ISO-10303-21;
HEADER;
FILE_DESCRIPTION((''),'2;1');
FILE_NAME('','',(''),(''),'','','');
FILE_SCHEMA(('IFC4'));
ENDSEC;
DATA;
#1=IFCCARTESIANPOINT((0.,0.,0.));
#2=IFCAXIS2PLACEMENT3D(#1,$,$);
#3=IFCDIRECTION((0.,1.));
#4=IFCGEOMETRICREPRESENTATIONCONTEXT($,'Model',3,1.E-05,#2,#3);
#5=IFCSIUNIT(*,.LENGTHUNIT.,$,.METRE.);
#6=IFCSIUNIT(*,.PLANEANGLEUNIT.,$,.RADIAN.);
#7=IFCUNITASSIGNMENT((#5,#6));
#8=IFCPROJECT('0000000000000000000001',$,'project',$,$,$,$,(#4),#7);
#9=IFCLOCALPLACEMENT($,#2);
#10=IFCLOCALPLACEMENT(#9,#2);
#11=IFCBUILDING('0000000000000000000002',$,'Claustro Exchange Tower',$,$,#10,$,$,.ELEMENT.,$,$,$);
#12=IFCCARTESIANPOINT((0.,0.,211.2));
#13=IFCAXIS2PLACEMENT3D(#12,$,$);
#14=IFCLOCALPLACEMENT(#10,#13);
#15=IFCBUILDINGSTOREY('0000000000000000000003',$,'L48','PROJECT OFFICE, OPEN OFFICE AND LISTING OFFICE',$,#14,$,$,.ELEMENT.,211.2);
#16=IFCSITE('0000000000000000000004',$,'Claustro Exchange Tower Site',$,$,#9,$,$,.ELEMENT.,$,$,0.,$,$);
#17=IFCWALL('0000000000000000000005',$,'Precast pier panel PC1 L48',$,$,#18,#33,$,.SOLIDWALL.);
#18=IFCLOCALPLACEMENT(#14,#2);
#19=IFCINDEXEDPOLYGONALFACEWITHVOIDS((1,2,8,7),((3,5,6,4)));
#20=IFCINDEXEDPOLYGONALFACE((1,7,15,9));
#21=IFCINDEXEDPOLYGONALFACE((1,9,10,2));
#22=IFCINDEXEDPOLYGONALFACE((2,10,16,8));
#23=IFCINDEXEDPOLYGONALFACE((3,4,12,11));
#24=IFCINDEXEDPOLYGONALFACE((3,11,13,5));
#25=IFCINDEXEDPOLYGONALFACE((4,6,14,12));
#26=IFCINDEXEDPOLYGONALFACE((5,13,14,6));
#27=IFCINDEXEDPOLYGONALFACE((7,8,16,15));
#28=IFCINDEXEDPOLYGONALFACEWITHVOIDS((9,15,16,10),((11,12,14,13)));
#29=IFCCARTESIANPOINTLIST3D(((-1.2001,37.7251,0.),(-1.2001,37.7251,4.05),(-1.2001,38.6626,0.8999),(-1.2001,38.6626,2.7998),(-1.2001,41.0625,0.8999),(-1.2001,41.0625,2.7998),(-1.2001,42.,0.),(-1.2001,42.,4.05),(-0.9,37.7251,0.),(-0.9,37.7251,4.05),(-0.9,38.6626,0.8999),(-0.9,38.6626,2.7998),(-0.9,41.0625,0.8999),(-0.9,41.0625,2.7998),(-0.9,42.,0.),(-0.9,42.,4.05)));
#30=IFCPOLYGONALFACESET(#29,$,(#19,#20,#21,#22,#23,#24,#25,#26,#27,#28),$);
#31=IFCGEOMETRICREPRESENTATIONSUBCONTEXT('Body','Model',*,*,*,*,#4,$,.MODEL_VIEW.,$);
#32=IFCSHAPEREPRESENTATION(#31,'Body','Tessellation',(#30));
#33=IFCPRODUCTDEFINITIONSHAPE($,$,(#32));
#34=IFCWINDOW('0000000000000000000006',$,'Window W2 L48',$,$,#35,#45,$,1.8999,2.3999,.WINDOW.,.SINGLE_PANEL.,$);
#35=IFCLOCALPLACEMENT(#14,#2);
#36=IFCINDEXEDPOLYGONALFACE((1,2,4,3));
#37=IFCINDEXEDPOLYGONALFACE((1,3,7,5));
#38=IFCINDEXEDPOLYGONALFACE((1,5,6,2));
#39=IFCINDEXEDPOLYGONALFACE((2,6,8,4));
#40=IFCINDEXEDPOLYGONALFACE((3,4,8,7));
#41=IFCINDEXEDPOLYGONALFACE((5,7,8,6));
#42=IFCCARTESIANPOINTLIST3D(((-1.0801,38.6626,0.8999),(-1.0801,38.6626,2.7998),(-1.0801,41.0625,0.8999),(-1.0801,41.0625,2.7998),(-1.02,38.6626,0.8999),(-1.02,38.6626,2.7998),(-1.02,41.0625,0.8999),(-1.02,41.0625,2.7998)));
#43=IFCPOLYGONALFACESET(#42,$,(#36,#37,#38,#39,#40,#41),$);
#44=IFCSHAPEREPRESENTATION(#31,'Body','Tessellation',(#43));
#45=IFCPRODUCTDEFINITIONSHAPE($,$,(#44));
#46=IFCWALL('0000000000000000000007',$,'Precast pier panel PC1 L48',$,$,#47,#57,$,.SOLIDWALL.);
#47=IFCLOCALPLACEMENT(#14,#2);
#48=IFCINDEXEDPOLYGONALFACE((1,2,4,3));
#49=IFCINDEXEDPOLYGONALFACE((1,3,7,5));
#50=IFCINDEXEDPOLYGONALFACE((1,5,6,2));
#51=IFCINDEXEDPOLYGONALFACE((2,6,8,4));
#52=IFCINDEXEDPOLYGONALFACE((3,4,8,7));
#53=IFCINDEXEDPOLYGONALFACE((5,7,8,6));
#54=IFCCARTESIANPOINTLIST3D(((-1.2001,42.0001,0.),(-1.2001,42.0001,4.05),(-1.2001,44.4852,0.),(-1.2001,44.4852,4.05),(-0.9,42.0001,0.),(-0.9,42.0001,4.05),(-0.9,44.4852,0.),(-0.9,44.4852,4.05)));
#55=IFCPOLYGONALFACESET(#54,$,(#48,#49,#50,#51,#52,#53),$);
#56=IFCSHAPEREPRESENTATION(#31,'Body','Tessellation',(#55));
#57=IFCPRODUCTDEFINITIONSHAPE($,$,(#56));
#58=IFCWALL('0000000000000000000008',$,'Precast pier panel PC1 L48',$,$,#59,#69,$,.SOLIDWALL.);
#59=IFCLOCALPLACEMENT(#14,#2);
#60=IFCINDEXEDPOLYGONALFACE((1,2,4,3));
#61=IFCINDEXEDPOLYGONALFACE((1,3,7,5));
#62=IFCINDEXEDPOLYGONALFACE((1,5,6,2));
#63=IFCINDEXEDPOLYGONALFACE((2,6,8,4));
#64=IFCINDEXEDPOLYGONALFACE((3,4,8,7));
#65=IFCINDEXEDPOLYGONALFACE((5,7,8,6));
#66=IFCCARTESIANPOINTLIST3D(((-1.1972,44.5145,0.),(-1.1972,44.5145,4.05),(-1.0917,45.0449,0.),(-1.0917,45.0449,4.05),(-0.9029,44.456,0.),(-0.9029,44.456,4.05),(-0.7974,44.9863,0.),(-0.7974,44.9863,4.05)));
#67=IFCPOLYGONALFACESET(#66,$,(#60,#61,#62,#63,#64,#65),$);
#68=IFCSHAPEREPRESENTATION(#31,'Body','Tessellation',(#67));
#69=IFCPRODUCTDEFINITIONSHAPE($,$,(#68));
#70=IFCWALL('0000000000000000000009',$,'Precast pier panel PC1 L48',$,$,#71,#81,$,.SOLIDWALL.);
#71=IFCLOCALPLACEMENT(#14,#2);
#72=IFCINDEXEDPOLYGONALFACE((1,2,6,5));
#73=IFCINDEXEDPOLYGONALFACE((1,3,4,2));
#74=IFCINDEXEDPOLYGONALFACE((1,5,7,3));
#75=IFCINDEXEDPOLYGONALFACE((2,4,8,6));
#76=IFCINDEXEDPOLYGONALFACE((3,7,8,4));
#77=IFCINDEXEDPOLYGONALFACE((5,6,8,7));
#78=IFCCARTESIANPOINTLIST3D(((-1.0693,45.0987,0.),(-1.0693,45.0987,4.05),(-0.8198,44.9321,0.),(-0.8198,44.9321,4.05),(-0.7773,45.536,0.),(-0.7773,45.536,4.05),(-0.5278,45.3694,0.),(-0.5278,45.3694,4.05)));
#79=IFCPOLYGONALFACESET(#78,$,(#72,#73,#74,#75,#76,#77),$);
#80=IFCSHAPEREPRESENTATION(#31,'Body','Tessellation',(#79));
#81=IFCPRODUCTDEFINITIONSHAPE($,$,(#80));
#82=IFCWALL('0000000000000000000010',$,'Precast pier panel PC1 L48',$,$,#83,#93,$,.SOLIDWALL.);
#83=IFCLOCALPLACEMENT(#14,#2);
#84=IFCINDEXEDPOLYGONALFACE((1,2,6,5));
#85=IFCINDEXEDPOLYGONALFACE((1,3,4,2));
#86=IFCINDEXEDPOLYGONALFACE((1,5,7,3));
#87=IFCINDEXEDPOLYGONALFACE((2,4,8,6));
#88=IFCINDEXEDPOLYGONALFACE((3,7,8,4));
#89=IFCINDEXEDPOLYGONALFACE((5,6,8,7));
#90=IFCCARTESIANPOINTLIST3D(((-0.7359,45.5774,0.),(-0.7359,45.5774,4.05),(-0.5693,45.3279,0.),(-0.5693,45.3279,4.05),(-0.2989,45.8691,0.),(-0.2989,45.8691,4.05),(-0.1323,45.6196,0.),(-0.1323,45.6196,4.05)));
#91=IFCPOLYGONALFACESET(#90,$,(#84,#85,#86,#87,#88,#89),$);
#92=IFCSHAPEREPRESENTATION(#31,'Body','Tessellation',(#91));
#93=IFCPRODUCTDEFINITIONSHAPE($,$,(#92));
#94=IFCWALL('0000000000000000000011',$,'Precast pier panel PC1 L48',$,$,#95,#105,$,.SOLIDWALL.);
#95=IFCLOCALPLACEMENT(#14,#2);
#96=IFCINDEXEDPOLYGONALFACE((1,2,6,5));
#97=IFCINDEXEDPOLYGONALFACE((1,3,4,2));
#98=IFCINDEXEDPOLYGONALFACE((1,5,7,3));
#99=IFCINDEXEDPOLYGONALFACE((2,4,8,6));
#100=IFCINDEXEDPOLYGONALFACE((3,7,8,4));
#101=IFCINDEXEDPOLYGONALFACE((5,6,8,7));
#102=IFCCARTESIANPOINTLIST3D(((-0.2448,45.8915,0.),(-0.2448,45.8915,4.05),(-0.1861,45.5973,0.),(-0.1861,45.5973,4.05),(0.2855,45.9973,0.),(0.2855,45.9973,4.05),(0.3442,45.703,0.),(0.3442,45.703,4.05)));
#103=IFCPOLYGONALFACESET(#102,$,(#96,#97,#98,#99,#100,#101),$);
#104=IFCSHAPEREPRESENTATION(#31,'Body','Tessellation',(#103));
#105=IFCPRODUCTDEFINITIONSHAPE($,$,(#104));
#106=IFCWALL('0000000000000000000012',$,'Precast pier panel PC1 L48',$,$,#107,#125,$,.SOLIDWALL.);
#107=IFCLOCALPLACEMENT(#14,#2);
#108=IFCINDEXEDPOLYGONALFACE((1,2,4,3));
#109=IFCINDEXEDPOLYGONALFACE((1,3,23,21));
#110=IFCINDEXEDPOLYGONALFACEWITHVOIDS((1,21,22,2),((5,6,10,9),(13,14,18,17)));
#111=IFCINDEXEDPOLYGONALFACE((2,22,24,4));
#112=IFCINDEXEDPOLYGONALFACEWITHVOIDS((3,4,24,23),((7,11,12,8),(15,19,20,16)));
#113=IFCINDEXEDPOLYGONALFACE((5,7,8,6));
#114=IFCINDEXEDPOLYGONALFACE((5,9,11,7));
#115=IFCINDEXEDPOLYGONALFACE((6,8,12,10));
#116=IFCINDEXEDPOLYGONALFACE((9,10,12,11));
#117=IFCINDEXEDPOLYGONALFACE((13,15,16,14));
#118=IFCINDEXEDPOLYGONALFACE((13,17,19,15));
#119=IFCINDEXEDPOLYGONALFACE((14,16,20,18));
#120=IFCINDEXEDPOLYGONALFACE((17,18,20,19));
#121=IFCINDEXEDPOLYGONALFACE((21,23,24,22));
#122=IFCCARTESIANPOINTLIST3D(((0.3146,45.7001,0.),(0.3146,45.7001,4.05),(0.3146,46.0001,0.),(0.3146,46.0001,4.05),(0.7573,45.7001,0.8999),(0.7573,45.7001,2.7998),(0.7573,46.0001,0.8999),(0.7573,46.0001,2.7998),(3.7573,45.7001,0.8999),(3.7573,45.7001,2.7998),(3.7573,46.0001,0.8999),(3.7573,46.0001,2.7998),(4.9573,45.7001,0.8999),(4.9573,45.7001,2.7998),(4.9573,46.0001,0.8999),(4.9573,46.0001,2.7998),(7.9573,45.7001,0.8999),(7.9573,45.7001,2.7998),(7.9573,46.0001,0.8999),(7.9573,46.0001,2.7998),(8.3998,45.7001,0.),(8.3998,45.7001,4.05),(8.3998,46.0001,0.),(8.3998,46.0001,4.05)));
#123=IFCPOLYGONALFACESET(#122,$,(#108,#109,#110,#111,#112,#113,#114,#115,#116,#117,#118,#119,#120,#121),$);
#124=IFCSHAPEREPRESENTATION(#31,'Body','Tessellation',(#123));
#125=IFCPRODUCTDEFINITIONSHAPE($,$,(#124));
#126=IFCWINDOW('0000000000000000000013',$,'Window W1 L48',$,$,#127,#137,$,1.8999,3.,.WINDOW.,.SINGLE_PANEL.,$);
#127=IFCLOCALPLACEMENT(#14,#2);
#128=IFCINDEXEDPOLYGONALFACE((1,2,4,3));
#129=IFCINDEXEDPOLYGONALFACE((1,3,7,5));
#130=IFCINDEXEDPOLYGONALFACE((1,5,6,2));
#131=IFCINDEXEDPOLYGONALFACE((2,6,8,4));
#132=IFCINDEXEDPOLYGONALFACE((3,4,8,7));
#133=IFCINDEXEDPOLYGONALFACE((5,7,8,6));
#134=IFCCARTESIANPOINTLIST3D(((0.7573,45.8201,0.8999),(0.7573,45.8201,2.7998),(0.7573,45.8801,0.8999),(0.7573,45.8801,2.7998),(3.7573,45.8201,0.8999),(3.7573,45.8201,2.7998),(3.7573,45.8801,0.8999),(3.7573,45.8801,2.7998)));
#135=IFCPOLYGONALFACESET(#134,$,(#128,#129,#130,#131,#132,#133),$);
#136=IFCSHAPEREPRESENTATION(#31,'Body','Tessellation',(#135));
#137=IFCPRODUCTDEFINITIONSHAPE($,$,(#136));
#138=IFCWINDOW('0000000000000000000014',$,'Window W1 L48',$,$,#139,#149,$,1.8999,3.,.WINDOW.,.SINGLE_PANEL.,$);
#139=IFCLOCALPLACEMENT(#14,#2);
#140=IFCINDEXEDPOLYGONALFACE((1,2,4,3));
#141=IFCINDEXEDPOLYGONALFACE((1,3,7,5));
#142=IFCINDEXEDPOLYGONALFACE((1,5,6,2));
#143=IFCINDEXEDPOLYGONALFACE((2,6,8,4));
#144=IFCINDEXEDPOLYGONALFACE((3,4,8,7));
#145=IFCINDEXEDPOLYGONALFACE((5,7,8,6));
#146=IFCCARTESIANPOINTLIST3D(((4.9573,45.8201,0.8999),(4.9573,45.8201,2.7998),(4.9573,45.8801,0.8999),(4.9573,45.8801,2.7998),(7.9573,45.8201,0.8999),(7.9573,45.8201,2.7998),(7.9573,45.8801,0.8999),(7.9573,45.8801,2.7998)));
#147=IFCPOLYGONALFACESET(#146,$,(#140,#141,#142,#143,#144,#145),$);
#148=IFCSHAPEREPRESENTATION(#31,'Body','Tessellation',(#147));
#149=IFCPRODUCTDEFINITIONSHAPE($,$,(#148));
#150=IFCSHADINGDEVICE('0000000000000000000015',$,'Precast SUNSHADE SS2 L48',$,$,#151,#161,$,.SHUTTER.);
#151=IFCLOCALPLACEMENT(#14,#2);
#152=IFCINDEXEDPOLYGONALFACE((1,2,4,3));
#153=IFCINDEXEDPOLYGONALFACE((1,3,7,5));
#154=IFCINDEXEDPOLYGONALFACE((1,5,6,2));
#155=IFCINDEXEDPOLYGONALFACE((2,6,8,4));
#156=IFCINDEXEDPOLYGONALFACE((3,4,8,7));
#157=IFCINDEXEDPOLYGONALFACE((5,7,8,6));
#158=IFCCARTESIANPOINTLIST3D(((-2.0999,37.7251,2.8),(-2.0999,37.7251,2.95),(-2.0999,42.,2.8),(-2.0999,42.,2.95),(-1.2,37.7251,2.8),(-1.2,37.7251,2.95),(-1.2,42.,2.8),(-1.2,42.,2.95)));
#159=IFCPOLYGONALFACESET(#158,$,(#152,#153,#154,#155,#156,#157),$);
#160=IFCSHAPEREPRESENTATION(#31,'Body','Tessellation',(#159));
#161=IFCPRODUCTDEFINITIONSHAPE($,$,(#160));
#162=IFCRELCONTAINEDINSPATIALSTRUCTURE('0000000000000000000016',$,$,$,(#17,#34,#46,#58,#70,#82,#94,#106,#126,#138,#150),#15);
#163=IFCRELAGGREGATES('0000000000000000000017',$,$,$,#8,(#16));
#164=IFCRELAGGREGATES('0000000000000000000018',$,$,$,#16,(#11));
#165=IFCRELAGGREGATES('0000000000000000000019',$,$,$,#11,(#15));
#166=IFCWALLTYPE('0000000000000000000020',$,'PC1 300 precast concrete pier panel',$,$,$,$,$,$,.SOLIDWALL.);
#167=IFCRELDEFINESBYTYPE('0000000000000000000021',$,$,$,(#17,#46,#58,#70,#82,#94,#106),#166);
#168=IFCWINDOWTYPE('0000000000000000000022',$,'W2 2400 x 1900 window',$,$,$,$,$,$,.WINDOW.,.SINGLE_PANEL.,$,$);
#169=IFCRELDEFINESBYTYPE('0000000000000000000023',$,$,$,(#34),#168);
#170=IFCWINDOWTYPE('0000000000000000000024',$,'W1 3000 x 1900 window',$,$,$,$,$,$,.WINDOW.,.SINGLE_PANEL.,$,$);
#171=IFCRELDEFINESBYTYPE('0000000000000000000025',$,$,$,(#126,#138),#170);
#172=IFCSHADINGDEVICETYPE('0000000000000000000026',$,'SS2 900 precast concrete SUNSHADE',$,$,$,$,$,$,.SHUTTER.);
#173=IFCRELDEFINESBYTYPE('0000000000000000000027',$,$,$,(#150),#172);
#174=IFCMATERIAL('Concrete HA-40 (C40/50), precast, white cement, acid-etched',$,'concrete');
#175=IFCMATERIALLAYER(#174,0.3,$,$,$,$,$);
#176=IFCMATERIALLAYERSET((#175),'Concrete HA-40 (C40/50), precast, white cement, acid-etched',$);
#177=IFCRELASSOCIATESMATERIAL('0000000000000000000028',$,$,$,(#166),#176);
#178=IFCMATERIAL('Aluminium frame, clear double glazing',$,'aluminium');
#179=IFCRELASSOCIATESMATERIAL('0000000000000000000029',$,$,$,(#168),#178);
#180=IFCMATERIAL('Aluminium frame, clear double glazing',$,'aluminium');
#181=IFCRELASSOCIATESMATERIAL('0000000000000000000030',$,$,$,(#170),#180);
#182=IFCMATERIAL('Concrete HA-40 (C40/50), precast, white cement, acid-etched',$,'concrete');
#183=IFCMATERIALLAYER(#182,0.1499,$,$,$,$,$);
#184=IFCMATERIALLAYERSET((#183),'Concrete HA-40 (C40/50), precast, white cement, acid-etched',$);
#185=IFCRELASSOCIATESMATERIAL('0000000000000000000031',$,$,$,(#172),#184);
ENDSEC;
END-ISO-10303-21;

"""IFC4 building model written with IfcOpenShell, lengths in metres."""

from ifc_helpers import new_model, si_unit, direction, frame, frame_2d, origin, origin_2d, place, context, subcontext, project, spatial, rectangle, extrude, material, layer, layer_set, type_object, element, fill, save


model = new_model("IFC4")

# Units and contexts
model_context = context("Model", 3, precision=1e-05, world=origin(), true_north=direction((0.0, 1.0)))
body_context = subcontext(model_context, "Body", "Model", "MODEL_VIEW")
ifc_project = project(units=[si_unit("LENGTHUNIT", "METRE"), si_unit("PLANEANGLEUNIT", "RADIAN")], contexts=[model_context])

# Site, building, storey
site_placement = place(None, origin())
site = spatial("IfcSite", under=ifc_project, at=site_placement, Name="Claustro Exchange Tower Site", CompositionType="ELEMENT", RefElevation=0.0)
building_placement = place(site_placement, origin())
building = spatial("IfcBuilding", under=site, at=building_placement, Name="Claustro Exchange Tower", CompositionType="ELEMENT")
storey_placement = place(building_placement, frame((0.0, 0.0, 211.2)))
storey = spatial("IfcBuildingStorey", under=building, at=storey_placement, Name="L48", Description="PROJECT OFFICE, OPEN OFFICE AND LISTING OFFICE", CompositionType="ELEMENT", Elevation=211.2)

# Wall, opening, window
ifc_material_1 = material(Name="Concrete HA-40 (C40/50), precast, white cement, acid-etched", Category="concrete")
ifc_layer_1 = layer(ifc_material_1, 0.3)
ifc_layer_set_1 = layer_set([ifc_layer_1], Name="Concrete HA-40 (C40/50), precast, white cement, acid-etched")
wall_type_1 = type_object("IfcWallType", Name="PC1 300 precast concrete pier panel", PredefinedType="SOLIDWALL", material=ifc_layer_set_1)
wall_1_placement = place(storey_placement, frame((-1.05, 37.7251, 0.0), z_axis=(0.0, 0.0, 1.0), x_axis=(0.0, 1.0, 0.0)))
wall_1 = element("IfcWall", 1, at=wall_1_placement, inside=storey, type_object=wall_type_1, Name="Precast pier panel PC1 L48", PredefinedType="SOLIDWALL", context=body_context, shape_type="SweptSolid", body=[
    extrude(rectangle(XDim=4.2749, YDim=0.3, at=frame_2d((2.1375, 0.0))), origin(), (0.0, 0.0, 1.0), 4.05),
])
opening_1_placement = place(wall_1_placement, frame((0.9375, 0.0, 0.8999)))
opening_1 = element("IfcOpeningElement", 2, at=opening_1_placement, cuts=wall_1, PredefinedType="OPENING", context=body_context, shape_type="SweptSolid", body=[
    extrude(rectangle(XDim=2.3999, YDim=1.8999, at=frame_2d((1.2, 0.95))), frame((0.0, 0.1599, 0.0), z_axis=(0.0, -1.0, 0.0), x_axis=(1.0, 0.0, 0.0)), (0.0, 0.0, 1.0), 0.3201),
])
ifc_material_2 = material(Name="Aluminium frame, clear double glazing", Category="aluminium")
window_type_1 = type_object("IfcWindowType", Name="W2 2400 x 1900 window", PartitioningType="SINGLE_PANEL", PredefinedType="WINDOW", material=ifc_material_2)
window_1_placement = place(opening_1_placement, origin())
window_1 = element("IfcWindow", 3, at=window_1_placement, inside=storey, type_object=window_type_1, Name="Window W2 L48", OverallHeight=1.8999, OverallWidth=2.3999, PartitioningType="SINGLE_PANEL", PredefinedType="WINDOW", context=body_context, shape_type="SweptSolid", body=[
    extrude(rectangle(XDim=2.3999, YDim=1.8999, at=frame_2d((1.2, 0.95))), frame((0.0, 0.03, 0.0), z_axis=(0.0, -1.0, 0.0), x_axis=(1.0, 0.0, 0.0)), (0.0, 0.0, 1.0), 0.0601),
])
fill(opening_1, window_1)

# Walls
wall_2_placement = place(storey_placement, frame((-1.05, 42.0, 0.0), z_axis=(0.0, 0.0, 1.0), x_axis=(0.0, 1.0, 0.0)))
element("IfcWall", 4, at=wall_2_placement, inside=storey, type_object=wall_type_1, Name="Precast pier panel PC1 L48", PredefinedType="SOLIDWALL", context=body_context, shape_type="SweptSolid", body=[
    extrude(rectangle(XDim=2.4851, YDim=0.3, at=frame_2d((1.2427, 0.0))), origin(), (0.0, 0.0, 1.0), 4.05),
])
wall_3_placement = place(storey_placement, frame((-1.05, 44.4851, 0.0), z_axis=(0.0, 0.0, 1.0), x_axis=(0.195074, 0.980789, 0.0)))
element("IfcWall", 5, at=wall_3_placement, inside=storey, type_object=wall_type_1, Name="Precast pier panel PC1 L48", PredefinedType="SOLIDWALL", context=body_context, shape_type="SweptSolid", body=[
    extrude(rectangle(XDim=0.5408, YDim=0.3, at=frame_2d((0.2705, 0.0))), origin(), (0.0, 0.0, 1.0), 4.05),
])
wall_4_placement = place(storey_placement, frame((-0.9446, 45.0154, 0.0), z_axis=(0.0, 0.0, 1.0), x_axis=(0.555343, 0.831621, 0.0)))
element("IfcWall", 6, at=wall_4_placement, inside=storey, type_object=wall_type_1, Name="Precast pier panel PC1 L48", PredefinedType="SOLIDWALL", context=body_context, shape_type="SweptSolid", body=[
    extrude(rectangle(XDim=0.5259, YDim=0.3, at=frame_2d((0.2629, 0.0))), origin(), (0.0, 0.0, 1.0), 4.05),
])
wall_5_placement = place(storey_placement, frame((-0.6526, 45.4526, 0.0), z_axis=(0.0, 0.0, 1.0), x_axis=(0.831693, 0.555236, 0.0)))
element("IfcWall", 7, at=wall_5_placement, inside=storey, type_object=wall_type_1, Name="Precast pier panel PC1 L48", PredefinedType="SOLIDWALL", context=body_context, shape_type="SweptSolid", body=[
    extrude(rectangle(XDim=0.5254, YDim=0.3, at=frame_2d((0.2627, 0.0))), origin(), (0.0, 0.0, 1.0), 4.05),
])
wall_6_placement = place(storey_placement, frame((-0.2156, 45.7444, 0.0), z_axis=(0.0, 0.0, 1.0), x_axis=(0.980702, 0.195508, 0.0)))
element("IfcWall", 8, at=wall_6_placement, inside=storey, type_object=wall_type_1, Name="Precast pier panel PC1 L48", PredefinedType="SOLIDWALL", context=body_context, shape_type="SweptSolid", body=[
    extrude(rectangle(XDim=0.5408, YDim=0.3, at=frame_2d((0.2705, 0.0))), origin(), (0.0, 0.0, 1.0), 4.05),
])

# Wall, openings, windows
wall_7_placement = place(storey_placement, frame((0.3147, 45.8501, 0.0), z_axis=(0.0, 0.0, 1.0), x_axis=(1.0, 0.0, 0.0)))
wall_7 = element("IfcWall", 9, at=wall_7_placement, inside=storey, type_object=wall_type_1, Name="Precast pier panel PC1 L48", PredefinedType="SOLIDWALL", context=body_context, shape_type="SweptSolid", body=[
    extrude(rectangle(XDim=8.0852, YDim=0.3, at=frame_2d((4.0425, 0.0))), origin(), (0.0, 0.0, 1.0), 4.05),
])
opening_2_placement = place(wall_7_placement, frame((0.4426, 0.0, 0.8999)))
opening_2 = element("IfcOpeningElement", 10, at=opening_2_placement, cuts=wall_7, PredefinedType="OPENING", context=body_context, shape_type="SweptSolid", body=[
    extrude(rectangle(XDim=3.0, YDim=1.8999, at=frame_2d((1.5, 0.95))), frame((0.0, 0.1599, 0.0), z_axis=(0.0, -1.0, 0.0), x_axis=(1.0, 0.0, 0.0)), (0.0, 0.0, 1.0), 0.3201),
])
opening_3_placement = place(wall_7_placement, frame((4.6426, 0.0, 0.8999)))
opening_3 = element("IfcOpeningElement", 11, at=opening_3_placement, cuts=wall_7, PredefinedType="OPENING", context=body_context, shape_type="SweptSolid", body=[
    extrude(rectangle(XDim=3.0, YDim=1.8999, at=frame_2d((1.5, 0.95))), frame((0.0, 0.1599, 0.0), z_axis=(0.0, -1.0, 0.0), x_axis=(1.0, 0.0, 0.0)), (0.0, 0.0, 1.0), 0.3201),
])
ifc_material_3 = material(Name="Aluminium frame, clear double glazing", Category="aluminium")
window_type_2 = type_object("IfcWindowType", Name="W1 3000 x 1900 window", PartitioningType="SINGLE_PANEL", PredefinedType="WINDOW", material=ifc_material_3)
window_2_placement = place(opening_2_placement, origin())
window_2 = element("IfcWindow", 12, at=window_2_placement, inside=storey, type_object=window_type_2, Name="Window W1 L48", OverallHeight=1.8999, OverallWidth=3.0, PartitioningType="SINGLE_PANEL", PredefinedType="WINDOW", context=body_context, shape_type="SweptSolid", body=[
    extrude(rectangle(XDim=3.0, YDim=1.8999, at=frame_2d((1.5, 0.95))), frame((0.0, 0.03, 0.0), z_axis=(0.0, -1.0, 0.0), x_axis=(1.0, 0.0, 0.0)), (0.0, 0.0, 1.0), 0.0601),
])
fill(opening_2, window_2)
window_3_placement = place(opening_3_placement, origin())
window_3 = element("IfcWindow", 13, at=window_3_placement, inside=storey, type_object=window_type_2, Name="Window W1 L48", OverallHeight=1.8999, OverallWidth=3.0, PartitioningType="SINGLE_PANEL", PredefinedType="WINDOW", context=body_context, shape_type="SweptSolid", body=[
    extrude(rectangle(XDim=3.0, YDim=1.8999, at=frame_2d((1.5, 0.95))), frame((0.0, 0.03, 0.0), z_axis=(0.0, -1.0, 0.0), x_axis=(1.0, 0.0, 0.0)), (0.0, 0.0, 1.0), 0.0601),
])
fill(opening_3, window_3)

# Shading device
ifc_material_4 = material(Name="Concrete HA-40 (C40/50), precast, white cement, acid-etched", Category="concrete")
ifc_layer_2 = layer(ifc_material_4, 0.1499)
ifc_layer_set_2 = layer_set([ifc_layer_2], Name="Concrete HA-40 (C40/50), precast, white cement, acid-etched")
shading_device_type = type_object("IfcShadingDeviceType", Name="SS2 900 precast concrete SUNSHADE", PredefinedType="SHUTTER", material=ifc_layer_set_2)
shading_device_placement = place(storey_placement, frame((-1.6499, 39.8625, 2.8), z_axis=(0.0, 0.0, 1.0), x_axis=(0.0, 1.0, 0.0)))
element("IfcShadingDevice", 14, at=shading_device_placement, inside=storey, type_object=shading_device_type, Name="Precast SUNSHADE SS2 L48", PredefinedType="SHUTTER", context=body_context, shape_type="SweptSolid", body=[
    extrude(rectangle(XDim=4.2749, YDim=0.8999, at=origin_2d()), origin(), (0.0, 0.0, 1.0), 0.1499),
])

save(model, "model.ifc")
